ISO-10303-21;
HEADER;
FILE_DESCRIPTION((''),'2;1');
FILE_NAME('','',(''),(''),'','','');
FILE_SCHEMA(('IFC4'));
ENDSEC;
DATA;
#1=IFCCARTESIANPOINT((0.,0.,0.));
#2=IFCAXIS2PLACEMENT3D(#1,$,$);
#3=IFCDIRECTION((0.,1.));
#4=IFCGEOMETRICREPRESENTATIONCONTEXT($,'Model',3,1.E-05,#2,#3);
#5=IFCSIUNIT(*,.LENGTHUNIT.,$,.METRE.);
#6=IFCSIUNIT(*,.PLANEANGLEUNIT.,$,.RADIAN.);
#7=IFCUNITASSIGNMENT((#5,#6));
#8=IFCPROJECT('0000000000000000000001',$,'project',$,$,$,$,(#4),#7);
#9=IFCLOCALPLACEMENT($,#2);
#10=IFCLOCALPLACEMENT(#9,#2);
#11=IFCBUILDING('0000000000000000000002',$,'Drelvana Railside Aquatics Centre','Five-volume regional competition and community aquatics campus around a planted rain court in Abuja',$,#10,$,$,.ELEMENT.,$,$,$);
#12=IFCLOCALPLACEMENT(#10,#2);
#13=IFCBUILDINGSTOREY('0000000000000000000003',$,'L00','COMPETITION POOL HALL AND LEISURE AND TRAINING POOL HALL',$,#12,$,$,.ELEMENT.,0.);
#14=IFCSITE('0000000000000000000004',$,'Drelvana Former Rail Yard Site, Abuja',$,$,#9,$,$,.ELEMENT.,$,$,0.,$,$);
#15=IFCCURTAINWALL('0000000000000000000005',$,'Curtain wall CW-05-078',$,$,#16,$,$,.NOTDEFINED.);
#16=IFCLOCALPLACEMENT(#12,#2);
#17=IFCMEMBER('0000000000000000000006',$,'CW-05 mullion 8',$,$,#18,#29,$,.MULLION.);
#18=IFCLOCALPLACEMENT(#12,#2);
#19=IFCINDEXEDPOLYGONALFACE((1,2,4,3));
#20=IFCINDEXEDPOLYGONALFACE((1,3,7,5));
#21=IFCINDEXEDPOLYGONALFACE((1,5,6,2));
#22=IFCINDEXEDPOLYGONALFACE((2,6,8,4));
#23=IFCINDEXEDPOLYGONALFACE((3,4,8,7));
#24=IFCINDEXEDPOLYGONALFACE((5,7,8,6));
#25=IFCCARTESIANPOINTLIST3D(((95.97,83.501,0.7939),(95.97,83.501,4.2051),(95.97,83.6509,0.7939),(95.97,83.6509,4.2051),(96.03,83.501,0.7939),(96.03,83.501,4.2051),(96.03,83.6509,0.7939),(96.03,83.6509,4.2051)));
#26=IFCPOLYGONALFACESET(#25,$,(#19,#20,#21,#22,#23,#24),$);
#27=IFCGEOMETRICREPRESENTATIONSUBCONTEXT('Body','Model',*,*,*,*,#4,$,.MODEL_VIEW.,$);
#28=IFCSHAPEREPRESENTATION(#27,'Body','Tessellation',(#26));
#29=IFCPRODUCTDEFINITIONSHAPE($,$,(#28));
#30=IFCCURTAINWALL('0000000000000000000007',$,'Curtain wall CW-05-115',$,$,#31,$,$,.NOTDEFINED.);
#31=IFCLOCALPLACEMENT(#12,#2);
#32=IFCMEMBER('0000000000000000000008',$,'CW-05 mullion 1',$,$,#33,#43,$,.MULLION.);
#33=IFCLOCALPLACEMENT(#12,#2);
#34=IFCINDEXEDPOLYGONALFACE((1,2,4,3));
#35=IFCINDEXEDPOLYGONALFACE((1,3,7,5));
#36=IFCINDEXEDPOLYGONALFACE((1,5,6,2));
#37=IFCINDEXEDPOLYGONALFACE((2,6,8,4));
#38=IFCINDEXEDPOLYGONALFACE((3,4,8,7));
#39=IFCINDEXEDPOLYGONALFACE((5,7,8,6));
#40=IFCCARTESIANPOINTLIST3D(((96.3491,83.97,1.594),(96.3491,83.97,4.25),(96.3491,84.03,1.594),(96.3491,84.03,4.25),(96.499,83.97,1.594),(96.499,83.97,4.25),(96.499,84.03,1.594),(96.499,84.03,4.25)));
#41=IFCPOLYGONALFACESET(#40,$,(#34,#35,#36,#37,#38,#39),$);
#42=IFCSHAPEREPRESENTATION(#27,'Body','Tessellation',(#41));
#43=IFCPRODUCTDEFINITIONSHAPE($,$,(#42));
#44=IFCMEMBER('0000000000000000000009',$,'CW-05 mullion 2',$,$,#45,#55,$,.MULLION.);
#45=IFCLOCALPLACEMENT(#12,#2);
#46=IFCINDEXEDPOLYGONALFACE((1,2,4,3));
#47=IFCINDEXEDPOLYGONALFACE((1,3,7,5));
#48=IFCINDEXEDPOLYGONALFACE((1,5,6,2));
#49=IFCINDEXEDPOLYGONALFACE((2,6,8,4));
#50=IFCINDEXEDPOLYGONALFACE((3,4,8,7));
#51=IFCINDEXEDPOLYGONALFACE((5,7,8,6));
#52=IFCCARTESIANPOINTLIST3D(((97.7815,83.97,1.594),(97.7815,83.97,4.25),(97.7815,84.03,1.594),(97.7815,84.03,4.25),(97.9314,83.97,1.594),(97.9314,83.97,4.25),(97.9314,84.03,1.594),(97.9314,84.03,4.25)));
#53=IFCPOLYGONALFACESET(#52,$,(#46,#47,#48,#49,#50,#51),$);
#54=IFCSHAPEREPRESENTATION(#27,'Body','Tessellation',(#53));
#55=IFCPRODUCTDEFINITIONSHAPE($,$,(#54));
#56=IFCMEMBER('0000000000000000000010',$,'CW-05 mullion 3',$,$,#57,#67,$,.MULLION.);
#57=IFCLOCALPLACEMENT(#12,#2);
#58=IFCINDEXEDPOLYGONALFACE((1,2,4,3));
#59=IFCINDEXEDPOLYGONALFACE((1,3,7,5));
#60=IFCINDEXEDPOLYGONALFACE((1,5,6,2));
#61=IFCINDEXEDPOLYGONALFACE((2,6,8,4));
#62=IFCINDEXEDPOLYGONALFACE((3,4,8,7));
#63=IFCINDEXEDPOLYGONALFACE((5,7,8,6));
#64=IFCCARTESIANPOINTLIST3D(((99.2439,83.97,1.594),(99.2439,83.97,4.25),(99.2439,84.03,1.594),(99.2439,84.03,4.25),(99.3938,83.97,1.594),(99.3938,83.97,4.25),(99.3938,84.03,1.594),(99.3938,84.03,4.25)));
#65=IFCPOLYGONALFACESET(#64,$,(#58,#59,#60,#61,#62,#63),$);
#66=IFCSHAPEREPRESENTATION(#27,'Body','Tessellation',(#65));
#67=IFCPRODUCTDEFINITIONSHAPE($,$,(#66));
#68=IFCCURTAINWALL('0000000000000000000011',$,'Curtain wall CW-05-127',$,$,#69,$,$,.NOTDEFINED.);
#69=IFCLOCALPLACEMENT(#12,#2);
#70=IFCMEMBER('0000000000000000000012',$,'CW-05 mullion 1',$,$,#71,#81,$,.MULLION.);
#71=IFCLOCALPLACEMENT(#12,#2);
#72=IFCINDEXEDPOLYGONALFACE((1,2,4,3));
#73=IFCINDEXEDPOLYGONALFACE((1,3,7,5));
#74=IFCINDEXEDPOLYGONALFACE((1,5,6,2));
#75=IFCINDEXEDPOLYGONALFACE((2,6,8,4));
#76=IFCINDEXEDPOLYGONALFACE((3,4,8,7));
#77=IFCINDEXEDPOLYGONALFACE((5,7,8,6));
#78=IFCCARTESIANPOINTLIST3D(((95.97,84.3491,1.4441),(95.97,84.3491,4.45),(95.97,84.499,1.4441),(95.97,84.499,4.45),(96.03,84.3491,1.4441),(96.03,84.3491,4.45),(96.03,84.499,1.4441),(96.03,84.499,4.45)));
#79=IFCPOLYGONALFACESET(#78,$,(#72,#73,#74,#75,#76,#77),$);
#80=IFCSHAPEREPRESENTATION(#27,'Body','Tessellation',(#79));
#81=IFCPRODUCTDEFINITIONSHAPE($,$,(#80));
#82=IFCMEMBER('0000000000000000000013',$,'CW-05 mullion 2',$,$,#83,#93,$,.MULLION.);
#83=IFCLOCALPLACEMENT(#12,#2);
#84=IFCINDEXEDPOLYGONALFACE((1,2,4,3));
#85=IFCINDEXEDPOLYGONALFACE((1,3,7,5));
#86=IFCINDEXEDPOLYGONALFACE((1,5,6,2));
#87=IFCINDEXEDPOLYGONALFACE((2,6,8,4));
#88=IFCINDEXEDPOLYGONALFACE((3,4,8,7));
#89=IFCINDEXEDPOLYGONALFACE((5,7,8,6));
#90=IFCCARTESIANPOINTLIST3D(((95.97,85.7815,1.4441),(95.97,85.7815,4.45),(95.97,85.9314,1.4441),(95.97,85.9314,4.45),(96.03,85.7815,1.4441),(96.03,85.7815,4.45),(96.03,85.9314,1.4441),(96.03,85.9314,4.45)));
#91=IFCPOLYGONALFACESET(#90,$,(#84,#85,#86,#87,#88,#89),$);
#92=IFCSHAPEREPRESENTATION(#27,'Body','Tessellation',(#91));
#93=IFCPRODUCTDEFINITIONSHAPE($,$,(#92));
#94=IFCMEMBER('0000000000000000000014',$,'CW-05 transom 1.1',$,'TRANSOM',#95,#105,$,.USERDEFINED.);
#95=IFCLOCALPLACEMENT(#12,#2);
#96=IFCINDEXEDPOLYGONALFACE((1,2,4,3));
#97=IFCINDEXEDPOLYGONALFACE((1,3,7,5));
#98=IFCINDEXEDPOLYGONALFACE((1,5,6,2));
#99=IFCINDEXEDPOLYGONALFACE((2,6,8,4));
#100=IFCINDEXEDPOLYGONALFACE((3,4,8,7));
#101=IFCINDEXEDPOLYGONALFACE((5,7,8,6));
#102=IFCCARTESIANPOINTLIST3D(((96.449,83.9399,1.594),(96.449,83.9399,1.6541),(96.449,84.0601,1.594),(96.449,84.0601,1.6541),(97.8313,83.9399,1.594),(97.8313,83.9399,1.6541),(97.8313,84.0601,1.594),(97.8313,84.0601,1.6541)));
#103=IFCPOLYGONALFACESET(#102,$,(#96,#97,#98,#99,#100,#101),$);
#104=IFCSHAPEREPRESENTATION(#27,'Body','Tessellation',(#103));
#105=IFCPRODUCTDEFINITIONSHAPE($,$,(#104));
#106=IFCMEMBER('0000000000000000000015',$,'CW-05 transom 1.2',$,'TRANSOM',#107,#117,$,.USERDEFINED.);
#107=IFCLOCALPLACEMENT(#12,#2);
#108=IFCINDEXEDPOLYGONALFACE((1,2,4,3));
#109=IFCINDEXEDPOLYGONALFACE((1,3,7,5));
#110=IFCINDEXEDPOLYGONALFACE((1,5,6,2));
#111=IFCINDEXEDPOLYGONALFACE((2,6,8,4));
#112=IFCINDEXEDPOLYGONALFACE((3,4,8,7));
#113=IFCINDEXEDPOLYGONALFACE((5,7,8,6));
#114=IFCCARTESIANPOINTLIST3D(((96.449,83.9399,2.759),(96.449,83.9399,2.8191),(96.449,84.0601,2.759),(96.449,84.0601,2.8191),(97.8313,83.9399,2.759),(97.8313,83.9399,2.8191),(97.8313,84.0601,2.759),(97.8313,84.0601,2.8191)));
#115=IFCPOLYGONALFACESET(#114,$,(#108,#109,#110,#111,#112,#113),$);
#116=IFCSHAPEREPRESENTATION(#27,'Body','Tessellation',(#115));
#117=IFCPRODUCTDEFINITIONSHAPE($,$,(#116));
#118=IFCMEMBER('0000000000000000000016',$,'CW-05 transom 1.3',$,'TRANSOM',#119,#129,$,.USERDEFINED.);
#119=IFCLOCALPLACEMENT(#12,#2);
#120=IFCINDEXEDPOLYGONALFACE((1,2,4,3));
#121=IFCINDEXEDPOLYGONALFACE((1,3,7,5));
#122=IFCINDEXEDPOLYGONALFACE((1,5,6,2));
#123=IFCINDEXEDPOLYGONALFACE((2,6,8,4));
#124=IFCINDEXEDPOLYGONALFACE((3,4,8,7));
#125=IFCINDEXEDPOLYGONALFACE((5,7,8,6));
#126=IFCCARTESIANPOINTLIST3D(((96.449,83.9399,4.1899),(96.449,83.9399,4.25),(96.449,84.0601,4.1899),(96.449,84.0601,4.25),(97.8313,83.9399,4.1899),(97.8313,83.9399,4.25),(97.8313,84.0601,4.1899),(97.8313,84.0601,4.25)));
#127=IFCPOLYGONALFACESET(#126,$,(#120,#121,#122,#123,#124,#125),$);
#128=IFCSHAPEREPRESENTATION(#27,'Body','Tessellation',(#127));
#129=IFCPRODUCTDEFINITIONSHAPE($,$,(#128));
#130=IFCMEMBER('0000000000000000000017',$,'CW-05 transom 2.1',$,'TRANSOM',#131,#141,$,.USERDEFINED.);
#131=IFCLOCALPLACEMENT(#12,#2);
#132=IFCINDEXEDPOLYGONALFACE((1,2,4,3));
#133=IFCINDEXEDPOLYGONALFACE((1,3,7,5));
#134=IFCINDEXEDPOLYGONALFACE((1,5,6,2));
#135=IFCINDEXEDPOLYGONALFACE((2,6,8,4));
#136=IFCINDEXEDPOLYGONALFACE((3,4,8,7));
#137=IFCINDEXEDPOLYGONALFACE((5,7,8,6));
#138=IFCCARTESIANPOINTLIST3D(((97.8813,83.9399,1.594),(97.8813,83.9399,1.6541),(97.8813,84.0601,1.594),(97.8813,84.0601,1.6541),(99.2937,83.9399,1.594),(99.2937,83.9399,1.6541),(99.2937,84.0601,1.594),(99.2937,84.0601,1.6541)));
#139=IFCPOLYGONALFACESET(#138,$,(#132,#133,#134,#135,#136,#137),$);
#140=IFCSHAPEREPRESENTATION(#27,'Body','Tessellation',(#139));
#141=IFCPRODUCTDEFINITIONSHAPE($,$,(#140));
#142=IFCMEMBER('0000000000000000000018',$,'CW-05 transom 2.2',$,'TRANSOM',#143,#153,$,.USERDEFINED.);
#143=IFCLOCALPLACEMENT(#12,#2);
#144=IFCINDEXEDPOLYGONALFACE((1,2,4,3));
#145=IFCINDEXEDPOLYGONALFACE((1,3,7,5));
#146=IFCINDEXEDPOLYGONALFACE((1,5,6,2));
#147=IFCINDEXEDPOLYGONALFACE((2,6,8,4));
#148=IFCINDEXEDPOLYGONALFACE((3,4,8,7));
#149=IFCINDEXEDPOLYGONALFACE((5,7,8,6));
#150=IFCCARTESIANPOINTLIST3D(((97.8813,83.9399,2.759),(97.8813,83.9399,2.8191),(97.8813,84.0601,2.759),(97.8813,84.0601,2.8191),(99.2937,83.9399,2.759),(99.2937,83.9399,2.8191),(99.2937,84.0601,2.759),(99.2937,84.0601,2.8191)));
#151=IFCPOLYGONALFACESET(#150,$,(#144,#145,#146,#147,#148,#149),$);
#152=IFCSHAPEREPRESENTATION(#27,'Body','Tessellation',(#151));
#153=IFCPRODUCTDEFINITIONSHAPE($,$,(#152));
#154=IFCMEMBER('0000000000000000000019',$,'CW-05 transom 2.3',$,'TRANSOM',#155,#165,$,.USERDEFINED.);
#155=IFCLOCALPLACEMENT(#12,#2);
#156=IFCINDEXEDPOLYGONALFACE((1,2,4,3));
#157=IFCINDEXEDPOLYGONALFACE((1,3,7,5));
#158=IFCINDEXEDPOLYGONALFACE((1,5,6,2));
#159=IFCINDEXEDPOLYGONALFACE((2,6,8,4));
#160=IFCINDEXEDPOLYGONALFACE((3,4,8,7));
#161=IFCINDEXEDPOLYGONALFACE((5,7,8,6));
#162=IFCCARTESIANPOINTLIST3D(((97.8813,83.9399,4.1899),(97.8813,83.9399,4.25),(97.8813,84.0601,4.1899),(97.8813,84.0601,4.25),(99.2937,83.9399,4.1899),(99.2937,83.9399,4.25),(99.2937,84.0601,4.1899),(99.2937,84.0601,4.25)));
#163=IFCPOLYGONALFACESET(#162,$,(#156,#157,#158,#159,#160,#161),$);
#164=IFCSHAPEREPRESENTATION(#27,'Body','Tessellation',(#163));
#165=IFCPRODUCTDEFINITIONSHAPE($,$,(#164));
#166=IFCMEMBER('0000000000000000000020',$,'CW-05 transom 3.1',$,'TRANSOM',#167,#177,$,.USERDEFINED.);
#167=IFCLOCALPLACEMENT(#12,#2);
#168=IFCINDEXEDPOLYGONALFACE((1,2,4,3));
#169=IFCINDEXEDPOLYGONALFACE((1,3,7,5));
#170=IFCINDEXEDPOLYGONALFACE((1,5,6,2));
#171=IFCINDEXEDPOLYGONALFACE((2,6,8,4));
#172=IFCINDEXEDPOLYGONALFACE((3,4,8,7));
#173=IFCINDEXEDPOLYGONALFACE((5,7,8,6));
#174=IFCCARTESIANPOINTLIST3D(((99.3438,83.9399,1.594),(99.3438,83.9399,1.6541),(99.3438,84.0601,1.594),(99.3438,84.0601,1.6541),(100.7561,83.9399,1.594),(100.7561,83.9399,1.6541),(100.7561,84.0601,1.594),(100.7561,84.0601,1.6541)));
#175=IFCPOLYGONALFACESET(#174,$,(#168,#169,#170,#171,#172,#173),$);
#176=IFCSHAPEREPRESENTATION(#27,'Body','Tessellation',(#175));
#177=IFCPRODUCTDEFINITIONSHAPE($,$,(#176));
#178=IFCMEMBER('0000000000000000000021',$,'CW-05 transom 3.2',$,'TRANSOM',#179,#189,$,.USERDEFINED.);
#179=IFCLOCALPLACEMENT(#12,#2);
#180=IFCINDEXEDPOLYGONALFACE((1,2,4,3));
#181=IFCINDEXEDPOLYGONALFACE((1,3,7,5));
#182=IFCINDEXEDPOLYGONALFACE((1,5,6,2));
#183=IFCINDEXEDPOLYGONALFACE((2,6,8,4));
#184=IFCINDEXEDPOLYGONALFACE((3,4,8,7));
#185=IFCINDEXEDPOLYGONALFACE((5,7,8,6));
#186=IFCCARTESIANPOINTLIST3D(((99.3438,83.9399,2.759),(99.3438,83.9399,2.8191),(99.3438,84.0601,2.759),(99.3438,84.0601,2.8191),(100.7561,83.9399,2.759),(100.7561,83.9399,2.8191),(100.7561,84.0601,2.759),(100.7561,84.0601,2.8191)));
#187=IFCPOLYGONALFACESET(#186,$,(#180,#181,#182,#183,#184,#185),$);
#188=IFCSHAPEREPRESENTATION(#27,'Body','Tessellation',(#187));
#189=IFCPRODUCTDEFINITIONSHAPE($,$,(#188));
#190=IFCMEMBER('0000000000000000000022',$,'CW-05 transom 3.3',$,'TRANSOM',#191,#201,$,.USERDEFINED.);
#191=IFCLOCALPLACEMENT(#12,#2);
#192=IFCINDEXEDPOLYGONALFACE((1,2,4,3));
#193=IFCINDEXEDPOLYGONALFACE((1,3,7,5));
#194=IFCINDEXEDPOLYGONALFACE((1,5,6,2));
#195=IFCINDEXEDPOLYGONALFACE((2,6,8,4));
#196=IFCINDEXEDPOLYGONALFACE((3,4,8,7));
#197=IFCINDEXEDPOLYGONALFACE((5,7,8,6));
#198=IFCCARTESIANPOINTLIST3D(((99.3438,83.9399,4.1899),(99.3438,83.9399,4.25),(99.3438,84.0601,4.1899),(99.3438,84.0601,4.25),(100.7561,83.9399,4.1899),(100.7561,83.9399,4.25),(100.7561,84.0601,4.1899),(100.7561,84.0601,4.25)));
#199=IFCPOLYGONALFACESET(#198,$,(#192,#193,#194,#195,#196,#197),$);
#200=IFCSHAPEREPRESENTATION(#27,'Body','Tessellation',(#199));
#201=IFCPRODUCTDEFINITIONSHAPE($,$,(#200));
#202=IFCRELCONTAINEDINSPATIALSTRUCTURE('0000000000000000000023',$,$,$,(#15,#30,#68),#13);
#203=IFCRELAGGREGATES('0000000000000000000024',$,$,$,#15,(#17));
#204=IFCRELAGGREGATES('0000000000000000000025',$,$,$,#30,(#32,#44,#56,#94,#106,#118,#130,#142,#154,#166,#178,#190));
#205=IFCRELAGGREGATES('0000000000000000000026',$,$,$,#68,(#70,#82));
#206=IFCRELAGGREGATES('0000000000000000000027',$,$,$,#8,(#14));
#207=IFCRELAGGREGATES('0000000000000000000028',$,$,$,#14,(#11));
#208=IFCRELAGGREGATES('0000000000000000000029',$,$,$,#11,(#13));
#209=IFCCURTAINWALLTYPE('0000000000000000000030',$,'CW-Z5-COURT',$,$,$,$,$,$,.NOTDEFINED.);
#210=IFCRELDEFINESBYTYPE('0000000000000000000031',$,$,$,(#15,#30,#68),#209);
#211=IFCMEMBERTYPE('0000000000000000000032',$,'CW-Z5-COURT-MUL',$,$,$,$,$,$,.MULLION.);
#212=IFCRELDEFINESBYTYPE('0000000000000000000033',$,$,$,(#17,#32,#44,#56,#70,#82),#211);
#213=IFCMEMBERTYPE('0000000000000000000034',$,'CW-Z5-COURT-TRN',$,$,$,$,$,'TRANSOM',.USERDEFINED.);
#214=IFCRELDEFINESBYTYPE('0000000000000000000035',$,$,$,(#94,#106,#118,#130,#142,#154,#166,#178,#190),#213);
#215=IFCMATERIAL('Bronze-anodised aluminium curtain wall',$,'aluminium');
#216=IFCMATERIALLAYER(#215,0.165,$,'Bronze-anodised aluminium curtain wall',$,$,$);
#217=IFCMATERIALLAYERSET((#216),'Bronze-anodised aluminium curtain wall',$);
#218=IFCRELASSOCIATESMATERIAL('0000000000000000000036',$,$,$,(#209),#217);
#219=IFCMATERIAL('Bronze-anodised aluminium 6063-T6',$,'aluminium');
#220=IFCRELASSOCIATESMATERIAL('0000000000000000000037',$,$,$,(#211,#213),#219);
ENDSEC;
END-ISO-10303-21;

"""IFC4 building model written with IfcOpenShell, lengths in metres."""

from ifc_helpers import new_model, si_unit, direction, frame, origin, origin_2d, place, context, subcontext, project, spatial, rectangle, extrude, material, layer, layer_set, material_profile, profile_set, type_object, element, aggregate, save


model = new_model("IFC4")

# Units and contexts
model_context = context("Model", 3, precision=1e-05, world=origin(), true_north=direction((0.0, 1.0)))
body_context = subcontext(model_context, "Body", "Model", "MODEL_VIEW")
ifc_project = project(units=[si_unit("LENGTHUNIT", "METRE"), si_unit("PLANEANGLEUNIT", "RADIAN")], contexts=[model_context])

# Site, building, storey
site_placement = place(None, origin())
site = spatial("IfcSite", under=ifc_project, at=site_placement, Name="Drelvana Former Rail Yard Site, Abuja", CompositionType="ELEMENT", RefElevation=0.0)
building_placement = place(site_placement, origin())
building = spatial("IfcBuilding", under=site, at=building_placement, Name="Drelvana Railside Aquatics Centre", Description="Five-volume regional competition and community aquatics campus around a planted rain court in Abuja", CompositionType="ELEMENT")
storey_placement = place(building_placement, origin())
storey = spatial("IfcBuildingStorey", under=building, at=storey_placement, Name="L00", Description="COMPETITION POOL HALL AND LEISURE AND TRAINING POOL HALL", CompositionType="ELEMENT", Elevation=0.0)

# Curtain wall, member
ifc_material_1 = material(Name="Bronze-anodised aluminium curtain wall", Category="aluminium")
ifc_layer_1 = layer(ifc_material_1, 0.165, Name="Bronze-anodised aluminium curtain wall")
ifc_layer_set_1 = layer_set([ifc_layer_1], Name="Bronze-anodised aluminium curtain wall")
curtain_wall_type = type_object("IfcCurtainWallType", Name="CW-Z5-COURT", PredefinedType="NOTDEFINED", material=ifc_layer_set_1)
curtain_wall_1_placement = place(storey_placement, origin())
curtain_wall_1 = element("IfcCurtainWall", 1, at=curtain_wall_1_placement, inside=storey, type_object=curtain_wall_type, Name="Curtain wall CW-05-078", PredefinedType="NOTDEFINED")
ifc_material_2 = material(Name="Bronze-anodised aluminium 6063-T6", Category="aluminium")
ifc_material_profile_1 = material_profile(ifc_material_2, rectangle(XDim=0.0601, YDim=0.1499, at=origin_2d()), Name="ALU-M 60x150")
ifc_profile_set_1 = profile_set([ifc_material_profile_1], Name="Bronze-anodised aluminium 6063-T6")
member_type_1 = type_object("IfcMemberType", Name="CW-Z5-COURT-MUL", PredefinedType="MULLION", material=ifc_profile_set_1)
member_1_placement = place(storey_placement, frame((96.0, 83.5759, 0.7939), z_axis=(0.0, 0.0, 1.0), x_axis=(-1.0, 0.0, 0.0)))
member_1 = element("IfcMember", 2, at=member_1_placement, type_object=member_type_1, Name="CW-05 mullion 8", PredefinedType="MULLION", context=body_context, shape_type="SweptSolid", body=[
    extrude(rectangle(XDim=0.0601, YDim=0.1499, at=origin_2d()), origin(), (0.0, 0.0, 1.0), 3.4111),
])
aggregate(curtain_wall_1, [member_1])

# Curtain walls, members
curtain_wall_2_placement = place(storey_placement, origin())
curtain_wall_2 = element("IfcCurtainWall", 3, at=curtain_wall_2_placement, inside=storey, type_object=curtain_wall_type, Name="Curtain wall CW-05-115", PredefinedType="NOTDEFINED")
member_2_placement = place(storey_placement, frame((96.4241, 84.0, 1.594), z_axis=(0.0, 0.0, 1.0), x_axis=(0.0, 1.0, 0.0)))
member_2 = element("IfcMember", 4, at=member_2_placement, type_object=member_type_1, Name="CW-05 mullion 1", PredefinedType="MULLION", context=body_context, shape_type="SweptSolid", body=[
    extrude(rectangle(XDim=0.0601, YDim=0.1499, at=origin_2d()), origin(), (0.0, 0.0, 1.0), 2.656),
])
member_3_placement = place(storey_placement, frame((97.8564, 84.0, 1.594), z_axis=(0.0, 0.0, 1.0), x_axis=(0.0, 1.0, 0.0)))
member_3 = element("IfcMember", 5, at=member_3_placement, type_object=member_type_1, Name="CW-05 mullion 2", PredefinedType="MULLION", context=body_context, shape_type="SweptSolid", body=[
    extrude(rectangle(XDim=0.0601, YDim=0.1499, at=origin_2d()), origin(), (0.0, 0.0, 1.0), 2.656),
])
member_4_placement = place(storey_placement, frame((99.3188, 84.0, 1.594), z_axis=(0.0, 0.0, 1.0), x_axis=(0.0, 1.0, 0.0)))
member_4 = element("IfcMember", 6, at=member_4_placement, type_object=member_type_1, Name="CW-05 mullion 3", PredefinedType="MULLION", context=body_context, shape_type="SweptSolid", body=[
    extrude(rectangle(XDim=0.0601, YDim=0.1499, at=origin_2d()), origin(), (0.0, 0.0, 1.0), 2.656),
])
curtain_wall_3_placement = place(storey_placement, origin())
curtain_wall_3 = element("IfcCurtainWall", 7, at=curtain_wall_3_placement, inside=storey, type_object=curtain_wall_type, Name="Curtain wall CW-05-127", PredefinedType="NOTDEFINED")
member_5_placement = place(storey_placement, frame((96.0, 84.4241, 1.4441), z_axis=(0.0, 0.0, 1.0), x_axis=(-1.0, 0.0, 0.0)))
member_5 = element("IfcMember", 8, at=member_5_placement, type_object=member_type_1, Name="CW-05 mullion 1", PredefinedType="MULLION", context=body_context, shape_type="SweptSolid", body=[
    extrude(rectangle(XDim=0.0601, YDim=0.1499, at=origin_2d()), origin(), (0.0, 0.0, 1.0), 3.0059),
])
member_6_placement = place(storey_placement, frame((96.0, 85.8564, 1.4441), z_axis=(0.0, 0.0, 1.0), x_axis=(-1.0, 0.0, 0.0)))
member_6 = element("IfcMember", 9, at=member_6_placement, type_object=member_type_1, Name="CW-05 mullion 2", PredefinedType="MULLION", context=body_context, shape_type="SweptSolid", body=[
    extrude(rectangle(XDim=0.0601, YDim=0.1499, at=origin_2d()), origin(), (0.0, 0.0, 1.0), 3.0059),
])

# Members
ifc_material_profile_2 = material_profile(ifc_material_2, rectangle(XDim=0.1201, YDim=0.0601, at=origin_2d()), Name="ALU-T 60x120")
ifc_profile_set_2 = profile_set([ifc_material_profile_2], Name="Bronze-anodised aluminium 6063-T6")
member_type_2 = type_object("IfcMemberType", Name="CW-Z5-COURT-TRN", ElementType="TRANSOM", PredefinedType="USERDEFINED", material=ifc_profile_set_2)
member_7_placement = place(storey_placement, frame((96.449, 84.0, 1.624), z_axis=(1.0, 0.0, 0.0), x_axis=(0.0, 1.0, 0.0)))
member_7 = element("IfcMember", 10, at=member_7_placement, type_object=member_type_2, Name="CW-05 transom 1.1", ObjectType="TRANSOM", PredefinedType="USERDEFINED", context=body_context, shape_type="SweptSolid", body=[
    extrude(rectangle(XDim=0.1201, YDim=0.0601, at=origin_2d()), origin(), (0.0, 0.0, 1.0), 1.3823),
])
member_8_placement = place(storey_placement, frame((96.449, 84.0, 2.7891), z_axis=(1.0, 0.0, 0.0), x_axis=(0.0, 1.0, 0.0)))
member_8 = element("IfcMember", 11, at=member_8_placement, type_object=member_type_2, Name="CW-05 transom 1.2", ObjectType="TRANSOM", PredefinedType="USERDEFINED", context=body_context, shape_type="SweptSolid", body=[
    extrude(rectangle(XDim=0.1201, YDim=0.0601, at=origin_2d()), origin(), (0.0, 0.0, 1.0), 1.3823),
])
member_9_placement = place(storey_placement, frame((96.449, 84.0, 4.22), z_axis=(1.0, 0.0, 0.0), x_axis=(0.0, 1.0, 0.0)))
member_9 = element("IfcMember", 12, at=member_9_placement, type_object=member_type_2, Name="CW-05 transom 1.3", ObjectType="TRANSOM", PredefinedType="USERDEFINED", context=body_context, shape_type="SweptSolid", body=[
    extrude(rectangle(XDim=0.1201, YDim=0.0601, at=origin_2d()), origin(), (0.0, 0.0, 1.0), 1.3823),
])
member_10_placement = place(storey_placement, frame((97.8813, 84.0, 1.624), z_axis=(1.0, 0.0, 0.0), x_axis=(0.0, 1.0, 0.0)))
member_10 = element("IfcMember", 13, at=member_10_placement, type_object=member_type_2, Name="CW-05 transom 2.1", ObjectType="TRANSOM", PredefinedType="USERDEFINED", context=body_context, shape_type="SweptSolid", body=[
    extrude(rectangle(XDim=0.1201, YDim=0.0601, at=origin_2d()), origin(), (0.0, 0.0, 1.0), 1.4124),
])
member_11_placement = place(storey_placement, frame((97.8813, 84.0, 2.7891), z_axis=(1.0, 0.0, 0.0), x_axis=(0.0, 1.0, 0.0)))
member_11 = element("IfcMember", 14, at=member_11_placement, type_object=member_type_2, Name="CW-05 transom 2.2", ObjectType="TRANSOM", PredefinedType="USERDEFINED", context=body_context, shape_type="SweptSolid", body=[
    extrude(rectangle(XDim=0.1201, YDim=0.0601, at=origin_2d()), origin(), (0.0, 0.0, 1.0), 1.4124),
])
member_12_placement = place(storey_placement, frame((97.8813, 84.0, 4.22), z_axis=(1.0, 0.0, 0.0), x_axis=(0.0, 1.0, 0.0)))
member_12 = element("IfcMember", 15, at=member_12_placement, type_object=member_type_2, Name="CW-05 transom 2.3", ObjectType="TRANSOM", PredefinedType="USERDEFINED", context=body_context, shape_type="SweptSolid", body=[
    extrude(rectangle(XDim=0.1201, YDim=0.0601, at=origin_2d()), origin(), (0.0, 0.0, 1.0), 1.4124),
])
member_13_placement = place(storey_placement, frame((99.3438, 84.0, 1.624), z_axis=(1.0, 0.0, 0.0), x_axis=(0.0, 1.0, 0.0)))
member_13 = element("IfcMember", 16, at=member_13_placement, type_object=member_type_2, Name="CW-05 transom 3.1", ObjectType="TRANSOM", PredefinedType="USERDEFINED", context=body_context, shape_type="SweptSolid", body=[
    extrude(rectangle(XDim=0.1201, YDim=0.0601, at=origin_2d()), origin(), (0.0, 0.0, 1.0), 1.4124),
])
member_14_placement = place(storey_placement, frame((99.3438, 84.0, 2.7891), z_axis=(1.0, 0.0, 0.0), x_axis=(0.0, 1.0, 0.0)))
member_14 = element("IfcMember", 17, at=member_14_placement, type_object=member_type_2, Name="CW-05 transom 3.2", ObjectType="TRANSOM", PredefinedType="USERDEFINED", context=body_context, shape_type="SweptSolid", body=[
    extrude(rectangle(XDim=0.1201, YDim=0.0601, at=origin_2d()), origin(), (0.0, 0.0, 1.0), 1.4124),
])
member_15_placement = place(storey_placement, frame((99.3438, 84.0, 4.22), z_axis=(1.0, 0.0, 0.0), x_axis=(0.0, 1.0, 0.0)))
member_15 = element("IfcMember", 18, at=member_15_placement, type_object=member_type_2, Name="CW-05 transom 3.3", ObjectType="TRANSOM", PredefinedType="USERDEFINED", context=body_context, shape_type="SweptSolid", body=[
    extrude(rectangle(XDim=0.1201, YDim=0.0601, at=origin_2d()), origin(), (0.0, 0.0, 1.0), 1.4124),
])

aggregate(curtain_wall_2, [member_2, member_3, member_4, member_7, member_8, member_9, member_10, member_11, member_12, member_13, member_14, member_15])
aggregate(curtain_wall_3, [member_5, member_6])

save(model, "model.ifc")
